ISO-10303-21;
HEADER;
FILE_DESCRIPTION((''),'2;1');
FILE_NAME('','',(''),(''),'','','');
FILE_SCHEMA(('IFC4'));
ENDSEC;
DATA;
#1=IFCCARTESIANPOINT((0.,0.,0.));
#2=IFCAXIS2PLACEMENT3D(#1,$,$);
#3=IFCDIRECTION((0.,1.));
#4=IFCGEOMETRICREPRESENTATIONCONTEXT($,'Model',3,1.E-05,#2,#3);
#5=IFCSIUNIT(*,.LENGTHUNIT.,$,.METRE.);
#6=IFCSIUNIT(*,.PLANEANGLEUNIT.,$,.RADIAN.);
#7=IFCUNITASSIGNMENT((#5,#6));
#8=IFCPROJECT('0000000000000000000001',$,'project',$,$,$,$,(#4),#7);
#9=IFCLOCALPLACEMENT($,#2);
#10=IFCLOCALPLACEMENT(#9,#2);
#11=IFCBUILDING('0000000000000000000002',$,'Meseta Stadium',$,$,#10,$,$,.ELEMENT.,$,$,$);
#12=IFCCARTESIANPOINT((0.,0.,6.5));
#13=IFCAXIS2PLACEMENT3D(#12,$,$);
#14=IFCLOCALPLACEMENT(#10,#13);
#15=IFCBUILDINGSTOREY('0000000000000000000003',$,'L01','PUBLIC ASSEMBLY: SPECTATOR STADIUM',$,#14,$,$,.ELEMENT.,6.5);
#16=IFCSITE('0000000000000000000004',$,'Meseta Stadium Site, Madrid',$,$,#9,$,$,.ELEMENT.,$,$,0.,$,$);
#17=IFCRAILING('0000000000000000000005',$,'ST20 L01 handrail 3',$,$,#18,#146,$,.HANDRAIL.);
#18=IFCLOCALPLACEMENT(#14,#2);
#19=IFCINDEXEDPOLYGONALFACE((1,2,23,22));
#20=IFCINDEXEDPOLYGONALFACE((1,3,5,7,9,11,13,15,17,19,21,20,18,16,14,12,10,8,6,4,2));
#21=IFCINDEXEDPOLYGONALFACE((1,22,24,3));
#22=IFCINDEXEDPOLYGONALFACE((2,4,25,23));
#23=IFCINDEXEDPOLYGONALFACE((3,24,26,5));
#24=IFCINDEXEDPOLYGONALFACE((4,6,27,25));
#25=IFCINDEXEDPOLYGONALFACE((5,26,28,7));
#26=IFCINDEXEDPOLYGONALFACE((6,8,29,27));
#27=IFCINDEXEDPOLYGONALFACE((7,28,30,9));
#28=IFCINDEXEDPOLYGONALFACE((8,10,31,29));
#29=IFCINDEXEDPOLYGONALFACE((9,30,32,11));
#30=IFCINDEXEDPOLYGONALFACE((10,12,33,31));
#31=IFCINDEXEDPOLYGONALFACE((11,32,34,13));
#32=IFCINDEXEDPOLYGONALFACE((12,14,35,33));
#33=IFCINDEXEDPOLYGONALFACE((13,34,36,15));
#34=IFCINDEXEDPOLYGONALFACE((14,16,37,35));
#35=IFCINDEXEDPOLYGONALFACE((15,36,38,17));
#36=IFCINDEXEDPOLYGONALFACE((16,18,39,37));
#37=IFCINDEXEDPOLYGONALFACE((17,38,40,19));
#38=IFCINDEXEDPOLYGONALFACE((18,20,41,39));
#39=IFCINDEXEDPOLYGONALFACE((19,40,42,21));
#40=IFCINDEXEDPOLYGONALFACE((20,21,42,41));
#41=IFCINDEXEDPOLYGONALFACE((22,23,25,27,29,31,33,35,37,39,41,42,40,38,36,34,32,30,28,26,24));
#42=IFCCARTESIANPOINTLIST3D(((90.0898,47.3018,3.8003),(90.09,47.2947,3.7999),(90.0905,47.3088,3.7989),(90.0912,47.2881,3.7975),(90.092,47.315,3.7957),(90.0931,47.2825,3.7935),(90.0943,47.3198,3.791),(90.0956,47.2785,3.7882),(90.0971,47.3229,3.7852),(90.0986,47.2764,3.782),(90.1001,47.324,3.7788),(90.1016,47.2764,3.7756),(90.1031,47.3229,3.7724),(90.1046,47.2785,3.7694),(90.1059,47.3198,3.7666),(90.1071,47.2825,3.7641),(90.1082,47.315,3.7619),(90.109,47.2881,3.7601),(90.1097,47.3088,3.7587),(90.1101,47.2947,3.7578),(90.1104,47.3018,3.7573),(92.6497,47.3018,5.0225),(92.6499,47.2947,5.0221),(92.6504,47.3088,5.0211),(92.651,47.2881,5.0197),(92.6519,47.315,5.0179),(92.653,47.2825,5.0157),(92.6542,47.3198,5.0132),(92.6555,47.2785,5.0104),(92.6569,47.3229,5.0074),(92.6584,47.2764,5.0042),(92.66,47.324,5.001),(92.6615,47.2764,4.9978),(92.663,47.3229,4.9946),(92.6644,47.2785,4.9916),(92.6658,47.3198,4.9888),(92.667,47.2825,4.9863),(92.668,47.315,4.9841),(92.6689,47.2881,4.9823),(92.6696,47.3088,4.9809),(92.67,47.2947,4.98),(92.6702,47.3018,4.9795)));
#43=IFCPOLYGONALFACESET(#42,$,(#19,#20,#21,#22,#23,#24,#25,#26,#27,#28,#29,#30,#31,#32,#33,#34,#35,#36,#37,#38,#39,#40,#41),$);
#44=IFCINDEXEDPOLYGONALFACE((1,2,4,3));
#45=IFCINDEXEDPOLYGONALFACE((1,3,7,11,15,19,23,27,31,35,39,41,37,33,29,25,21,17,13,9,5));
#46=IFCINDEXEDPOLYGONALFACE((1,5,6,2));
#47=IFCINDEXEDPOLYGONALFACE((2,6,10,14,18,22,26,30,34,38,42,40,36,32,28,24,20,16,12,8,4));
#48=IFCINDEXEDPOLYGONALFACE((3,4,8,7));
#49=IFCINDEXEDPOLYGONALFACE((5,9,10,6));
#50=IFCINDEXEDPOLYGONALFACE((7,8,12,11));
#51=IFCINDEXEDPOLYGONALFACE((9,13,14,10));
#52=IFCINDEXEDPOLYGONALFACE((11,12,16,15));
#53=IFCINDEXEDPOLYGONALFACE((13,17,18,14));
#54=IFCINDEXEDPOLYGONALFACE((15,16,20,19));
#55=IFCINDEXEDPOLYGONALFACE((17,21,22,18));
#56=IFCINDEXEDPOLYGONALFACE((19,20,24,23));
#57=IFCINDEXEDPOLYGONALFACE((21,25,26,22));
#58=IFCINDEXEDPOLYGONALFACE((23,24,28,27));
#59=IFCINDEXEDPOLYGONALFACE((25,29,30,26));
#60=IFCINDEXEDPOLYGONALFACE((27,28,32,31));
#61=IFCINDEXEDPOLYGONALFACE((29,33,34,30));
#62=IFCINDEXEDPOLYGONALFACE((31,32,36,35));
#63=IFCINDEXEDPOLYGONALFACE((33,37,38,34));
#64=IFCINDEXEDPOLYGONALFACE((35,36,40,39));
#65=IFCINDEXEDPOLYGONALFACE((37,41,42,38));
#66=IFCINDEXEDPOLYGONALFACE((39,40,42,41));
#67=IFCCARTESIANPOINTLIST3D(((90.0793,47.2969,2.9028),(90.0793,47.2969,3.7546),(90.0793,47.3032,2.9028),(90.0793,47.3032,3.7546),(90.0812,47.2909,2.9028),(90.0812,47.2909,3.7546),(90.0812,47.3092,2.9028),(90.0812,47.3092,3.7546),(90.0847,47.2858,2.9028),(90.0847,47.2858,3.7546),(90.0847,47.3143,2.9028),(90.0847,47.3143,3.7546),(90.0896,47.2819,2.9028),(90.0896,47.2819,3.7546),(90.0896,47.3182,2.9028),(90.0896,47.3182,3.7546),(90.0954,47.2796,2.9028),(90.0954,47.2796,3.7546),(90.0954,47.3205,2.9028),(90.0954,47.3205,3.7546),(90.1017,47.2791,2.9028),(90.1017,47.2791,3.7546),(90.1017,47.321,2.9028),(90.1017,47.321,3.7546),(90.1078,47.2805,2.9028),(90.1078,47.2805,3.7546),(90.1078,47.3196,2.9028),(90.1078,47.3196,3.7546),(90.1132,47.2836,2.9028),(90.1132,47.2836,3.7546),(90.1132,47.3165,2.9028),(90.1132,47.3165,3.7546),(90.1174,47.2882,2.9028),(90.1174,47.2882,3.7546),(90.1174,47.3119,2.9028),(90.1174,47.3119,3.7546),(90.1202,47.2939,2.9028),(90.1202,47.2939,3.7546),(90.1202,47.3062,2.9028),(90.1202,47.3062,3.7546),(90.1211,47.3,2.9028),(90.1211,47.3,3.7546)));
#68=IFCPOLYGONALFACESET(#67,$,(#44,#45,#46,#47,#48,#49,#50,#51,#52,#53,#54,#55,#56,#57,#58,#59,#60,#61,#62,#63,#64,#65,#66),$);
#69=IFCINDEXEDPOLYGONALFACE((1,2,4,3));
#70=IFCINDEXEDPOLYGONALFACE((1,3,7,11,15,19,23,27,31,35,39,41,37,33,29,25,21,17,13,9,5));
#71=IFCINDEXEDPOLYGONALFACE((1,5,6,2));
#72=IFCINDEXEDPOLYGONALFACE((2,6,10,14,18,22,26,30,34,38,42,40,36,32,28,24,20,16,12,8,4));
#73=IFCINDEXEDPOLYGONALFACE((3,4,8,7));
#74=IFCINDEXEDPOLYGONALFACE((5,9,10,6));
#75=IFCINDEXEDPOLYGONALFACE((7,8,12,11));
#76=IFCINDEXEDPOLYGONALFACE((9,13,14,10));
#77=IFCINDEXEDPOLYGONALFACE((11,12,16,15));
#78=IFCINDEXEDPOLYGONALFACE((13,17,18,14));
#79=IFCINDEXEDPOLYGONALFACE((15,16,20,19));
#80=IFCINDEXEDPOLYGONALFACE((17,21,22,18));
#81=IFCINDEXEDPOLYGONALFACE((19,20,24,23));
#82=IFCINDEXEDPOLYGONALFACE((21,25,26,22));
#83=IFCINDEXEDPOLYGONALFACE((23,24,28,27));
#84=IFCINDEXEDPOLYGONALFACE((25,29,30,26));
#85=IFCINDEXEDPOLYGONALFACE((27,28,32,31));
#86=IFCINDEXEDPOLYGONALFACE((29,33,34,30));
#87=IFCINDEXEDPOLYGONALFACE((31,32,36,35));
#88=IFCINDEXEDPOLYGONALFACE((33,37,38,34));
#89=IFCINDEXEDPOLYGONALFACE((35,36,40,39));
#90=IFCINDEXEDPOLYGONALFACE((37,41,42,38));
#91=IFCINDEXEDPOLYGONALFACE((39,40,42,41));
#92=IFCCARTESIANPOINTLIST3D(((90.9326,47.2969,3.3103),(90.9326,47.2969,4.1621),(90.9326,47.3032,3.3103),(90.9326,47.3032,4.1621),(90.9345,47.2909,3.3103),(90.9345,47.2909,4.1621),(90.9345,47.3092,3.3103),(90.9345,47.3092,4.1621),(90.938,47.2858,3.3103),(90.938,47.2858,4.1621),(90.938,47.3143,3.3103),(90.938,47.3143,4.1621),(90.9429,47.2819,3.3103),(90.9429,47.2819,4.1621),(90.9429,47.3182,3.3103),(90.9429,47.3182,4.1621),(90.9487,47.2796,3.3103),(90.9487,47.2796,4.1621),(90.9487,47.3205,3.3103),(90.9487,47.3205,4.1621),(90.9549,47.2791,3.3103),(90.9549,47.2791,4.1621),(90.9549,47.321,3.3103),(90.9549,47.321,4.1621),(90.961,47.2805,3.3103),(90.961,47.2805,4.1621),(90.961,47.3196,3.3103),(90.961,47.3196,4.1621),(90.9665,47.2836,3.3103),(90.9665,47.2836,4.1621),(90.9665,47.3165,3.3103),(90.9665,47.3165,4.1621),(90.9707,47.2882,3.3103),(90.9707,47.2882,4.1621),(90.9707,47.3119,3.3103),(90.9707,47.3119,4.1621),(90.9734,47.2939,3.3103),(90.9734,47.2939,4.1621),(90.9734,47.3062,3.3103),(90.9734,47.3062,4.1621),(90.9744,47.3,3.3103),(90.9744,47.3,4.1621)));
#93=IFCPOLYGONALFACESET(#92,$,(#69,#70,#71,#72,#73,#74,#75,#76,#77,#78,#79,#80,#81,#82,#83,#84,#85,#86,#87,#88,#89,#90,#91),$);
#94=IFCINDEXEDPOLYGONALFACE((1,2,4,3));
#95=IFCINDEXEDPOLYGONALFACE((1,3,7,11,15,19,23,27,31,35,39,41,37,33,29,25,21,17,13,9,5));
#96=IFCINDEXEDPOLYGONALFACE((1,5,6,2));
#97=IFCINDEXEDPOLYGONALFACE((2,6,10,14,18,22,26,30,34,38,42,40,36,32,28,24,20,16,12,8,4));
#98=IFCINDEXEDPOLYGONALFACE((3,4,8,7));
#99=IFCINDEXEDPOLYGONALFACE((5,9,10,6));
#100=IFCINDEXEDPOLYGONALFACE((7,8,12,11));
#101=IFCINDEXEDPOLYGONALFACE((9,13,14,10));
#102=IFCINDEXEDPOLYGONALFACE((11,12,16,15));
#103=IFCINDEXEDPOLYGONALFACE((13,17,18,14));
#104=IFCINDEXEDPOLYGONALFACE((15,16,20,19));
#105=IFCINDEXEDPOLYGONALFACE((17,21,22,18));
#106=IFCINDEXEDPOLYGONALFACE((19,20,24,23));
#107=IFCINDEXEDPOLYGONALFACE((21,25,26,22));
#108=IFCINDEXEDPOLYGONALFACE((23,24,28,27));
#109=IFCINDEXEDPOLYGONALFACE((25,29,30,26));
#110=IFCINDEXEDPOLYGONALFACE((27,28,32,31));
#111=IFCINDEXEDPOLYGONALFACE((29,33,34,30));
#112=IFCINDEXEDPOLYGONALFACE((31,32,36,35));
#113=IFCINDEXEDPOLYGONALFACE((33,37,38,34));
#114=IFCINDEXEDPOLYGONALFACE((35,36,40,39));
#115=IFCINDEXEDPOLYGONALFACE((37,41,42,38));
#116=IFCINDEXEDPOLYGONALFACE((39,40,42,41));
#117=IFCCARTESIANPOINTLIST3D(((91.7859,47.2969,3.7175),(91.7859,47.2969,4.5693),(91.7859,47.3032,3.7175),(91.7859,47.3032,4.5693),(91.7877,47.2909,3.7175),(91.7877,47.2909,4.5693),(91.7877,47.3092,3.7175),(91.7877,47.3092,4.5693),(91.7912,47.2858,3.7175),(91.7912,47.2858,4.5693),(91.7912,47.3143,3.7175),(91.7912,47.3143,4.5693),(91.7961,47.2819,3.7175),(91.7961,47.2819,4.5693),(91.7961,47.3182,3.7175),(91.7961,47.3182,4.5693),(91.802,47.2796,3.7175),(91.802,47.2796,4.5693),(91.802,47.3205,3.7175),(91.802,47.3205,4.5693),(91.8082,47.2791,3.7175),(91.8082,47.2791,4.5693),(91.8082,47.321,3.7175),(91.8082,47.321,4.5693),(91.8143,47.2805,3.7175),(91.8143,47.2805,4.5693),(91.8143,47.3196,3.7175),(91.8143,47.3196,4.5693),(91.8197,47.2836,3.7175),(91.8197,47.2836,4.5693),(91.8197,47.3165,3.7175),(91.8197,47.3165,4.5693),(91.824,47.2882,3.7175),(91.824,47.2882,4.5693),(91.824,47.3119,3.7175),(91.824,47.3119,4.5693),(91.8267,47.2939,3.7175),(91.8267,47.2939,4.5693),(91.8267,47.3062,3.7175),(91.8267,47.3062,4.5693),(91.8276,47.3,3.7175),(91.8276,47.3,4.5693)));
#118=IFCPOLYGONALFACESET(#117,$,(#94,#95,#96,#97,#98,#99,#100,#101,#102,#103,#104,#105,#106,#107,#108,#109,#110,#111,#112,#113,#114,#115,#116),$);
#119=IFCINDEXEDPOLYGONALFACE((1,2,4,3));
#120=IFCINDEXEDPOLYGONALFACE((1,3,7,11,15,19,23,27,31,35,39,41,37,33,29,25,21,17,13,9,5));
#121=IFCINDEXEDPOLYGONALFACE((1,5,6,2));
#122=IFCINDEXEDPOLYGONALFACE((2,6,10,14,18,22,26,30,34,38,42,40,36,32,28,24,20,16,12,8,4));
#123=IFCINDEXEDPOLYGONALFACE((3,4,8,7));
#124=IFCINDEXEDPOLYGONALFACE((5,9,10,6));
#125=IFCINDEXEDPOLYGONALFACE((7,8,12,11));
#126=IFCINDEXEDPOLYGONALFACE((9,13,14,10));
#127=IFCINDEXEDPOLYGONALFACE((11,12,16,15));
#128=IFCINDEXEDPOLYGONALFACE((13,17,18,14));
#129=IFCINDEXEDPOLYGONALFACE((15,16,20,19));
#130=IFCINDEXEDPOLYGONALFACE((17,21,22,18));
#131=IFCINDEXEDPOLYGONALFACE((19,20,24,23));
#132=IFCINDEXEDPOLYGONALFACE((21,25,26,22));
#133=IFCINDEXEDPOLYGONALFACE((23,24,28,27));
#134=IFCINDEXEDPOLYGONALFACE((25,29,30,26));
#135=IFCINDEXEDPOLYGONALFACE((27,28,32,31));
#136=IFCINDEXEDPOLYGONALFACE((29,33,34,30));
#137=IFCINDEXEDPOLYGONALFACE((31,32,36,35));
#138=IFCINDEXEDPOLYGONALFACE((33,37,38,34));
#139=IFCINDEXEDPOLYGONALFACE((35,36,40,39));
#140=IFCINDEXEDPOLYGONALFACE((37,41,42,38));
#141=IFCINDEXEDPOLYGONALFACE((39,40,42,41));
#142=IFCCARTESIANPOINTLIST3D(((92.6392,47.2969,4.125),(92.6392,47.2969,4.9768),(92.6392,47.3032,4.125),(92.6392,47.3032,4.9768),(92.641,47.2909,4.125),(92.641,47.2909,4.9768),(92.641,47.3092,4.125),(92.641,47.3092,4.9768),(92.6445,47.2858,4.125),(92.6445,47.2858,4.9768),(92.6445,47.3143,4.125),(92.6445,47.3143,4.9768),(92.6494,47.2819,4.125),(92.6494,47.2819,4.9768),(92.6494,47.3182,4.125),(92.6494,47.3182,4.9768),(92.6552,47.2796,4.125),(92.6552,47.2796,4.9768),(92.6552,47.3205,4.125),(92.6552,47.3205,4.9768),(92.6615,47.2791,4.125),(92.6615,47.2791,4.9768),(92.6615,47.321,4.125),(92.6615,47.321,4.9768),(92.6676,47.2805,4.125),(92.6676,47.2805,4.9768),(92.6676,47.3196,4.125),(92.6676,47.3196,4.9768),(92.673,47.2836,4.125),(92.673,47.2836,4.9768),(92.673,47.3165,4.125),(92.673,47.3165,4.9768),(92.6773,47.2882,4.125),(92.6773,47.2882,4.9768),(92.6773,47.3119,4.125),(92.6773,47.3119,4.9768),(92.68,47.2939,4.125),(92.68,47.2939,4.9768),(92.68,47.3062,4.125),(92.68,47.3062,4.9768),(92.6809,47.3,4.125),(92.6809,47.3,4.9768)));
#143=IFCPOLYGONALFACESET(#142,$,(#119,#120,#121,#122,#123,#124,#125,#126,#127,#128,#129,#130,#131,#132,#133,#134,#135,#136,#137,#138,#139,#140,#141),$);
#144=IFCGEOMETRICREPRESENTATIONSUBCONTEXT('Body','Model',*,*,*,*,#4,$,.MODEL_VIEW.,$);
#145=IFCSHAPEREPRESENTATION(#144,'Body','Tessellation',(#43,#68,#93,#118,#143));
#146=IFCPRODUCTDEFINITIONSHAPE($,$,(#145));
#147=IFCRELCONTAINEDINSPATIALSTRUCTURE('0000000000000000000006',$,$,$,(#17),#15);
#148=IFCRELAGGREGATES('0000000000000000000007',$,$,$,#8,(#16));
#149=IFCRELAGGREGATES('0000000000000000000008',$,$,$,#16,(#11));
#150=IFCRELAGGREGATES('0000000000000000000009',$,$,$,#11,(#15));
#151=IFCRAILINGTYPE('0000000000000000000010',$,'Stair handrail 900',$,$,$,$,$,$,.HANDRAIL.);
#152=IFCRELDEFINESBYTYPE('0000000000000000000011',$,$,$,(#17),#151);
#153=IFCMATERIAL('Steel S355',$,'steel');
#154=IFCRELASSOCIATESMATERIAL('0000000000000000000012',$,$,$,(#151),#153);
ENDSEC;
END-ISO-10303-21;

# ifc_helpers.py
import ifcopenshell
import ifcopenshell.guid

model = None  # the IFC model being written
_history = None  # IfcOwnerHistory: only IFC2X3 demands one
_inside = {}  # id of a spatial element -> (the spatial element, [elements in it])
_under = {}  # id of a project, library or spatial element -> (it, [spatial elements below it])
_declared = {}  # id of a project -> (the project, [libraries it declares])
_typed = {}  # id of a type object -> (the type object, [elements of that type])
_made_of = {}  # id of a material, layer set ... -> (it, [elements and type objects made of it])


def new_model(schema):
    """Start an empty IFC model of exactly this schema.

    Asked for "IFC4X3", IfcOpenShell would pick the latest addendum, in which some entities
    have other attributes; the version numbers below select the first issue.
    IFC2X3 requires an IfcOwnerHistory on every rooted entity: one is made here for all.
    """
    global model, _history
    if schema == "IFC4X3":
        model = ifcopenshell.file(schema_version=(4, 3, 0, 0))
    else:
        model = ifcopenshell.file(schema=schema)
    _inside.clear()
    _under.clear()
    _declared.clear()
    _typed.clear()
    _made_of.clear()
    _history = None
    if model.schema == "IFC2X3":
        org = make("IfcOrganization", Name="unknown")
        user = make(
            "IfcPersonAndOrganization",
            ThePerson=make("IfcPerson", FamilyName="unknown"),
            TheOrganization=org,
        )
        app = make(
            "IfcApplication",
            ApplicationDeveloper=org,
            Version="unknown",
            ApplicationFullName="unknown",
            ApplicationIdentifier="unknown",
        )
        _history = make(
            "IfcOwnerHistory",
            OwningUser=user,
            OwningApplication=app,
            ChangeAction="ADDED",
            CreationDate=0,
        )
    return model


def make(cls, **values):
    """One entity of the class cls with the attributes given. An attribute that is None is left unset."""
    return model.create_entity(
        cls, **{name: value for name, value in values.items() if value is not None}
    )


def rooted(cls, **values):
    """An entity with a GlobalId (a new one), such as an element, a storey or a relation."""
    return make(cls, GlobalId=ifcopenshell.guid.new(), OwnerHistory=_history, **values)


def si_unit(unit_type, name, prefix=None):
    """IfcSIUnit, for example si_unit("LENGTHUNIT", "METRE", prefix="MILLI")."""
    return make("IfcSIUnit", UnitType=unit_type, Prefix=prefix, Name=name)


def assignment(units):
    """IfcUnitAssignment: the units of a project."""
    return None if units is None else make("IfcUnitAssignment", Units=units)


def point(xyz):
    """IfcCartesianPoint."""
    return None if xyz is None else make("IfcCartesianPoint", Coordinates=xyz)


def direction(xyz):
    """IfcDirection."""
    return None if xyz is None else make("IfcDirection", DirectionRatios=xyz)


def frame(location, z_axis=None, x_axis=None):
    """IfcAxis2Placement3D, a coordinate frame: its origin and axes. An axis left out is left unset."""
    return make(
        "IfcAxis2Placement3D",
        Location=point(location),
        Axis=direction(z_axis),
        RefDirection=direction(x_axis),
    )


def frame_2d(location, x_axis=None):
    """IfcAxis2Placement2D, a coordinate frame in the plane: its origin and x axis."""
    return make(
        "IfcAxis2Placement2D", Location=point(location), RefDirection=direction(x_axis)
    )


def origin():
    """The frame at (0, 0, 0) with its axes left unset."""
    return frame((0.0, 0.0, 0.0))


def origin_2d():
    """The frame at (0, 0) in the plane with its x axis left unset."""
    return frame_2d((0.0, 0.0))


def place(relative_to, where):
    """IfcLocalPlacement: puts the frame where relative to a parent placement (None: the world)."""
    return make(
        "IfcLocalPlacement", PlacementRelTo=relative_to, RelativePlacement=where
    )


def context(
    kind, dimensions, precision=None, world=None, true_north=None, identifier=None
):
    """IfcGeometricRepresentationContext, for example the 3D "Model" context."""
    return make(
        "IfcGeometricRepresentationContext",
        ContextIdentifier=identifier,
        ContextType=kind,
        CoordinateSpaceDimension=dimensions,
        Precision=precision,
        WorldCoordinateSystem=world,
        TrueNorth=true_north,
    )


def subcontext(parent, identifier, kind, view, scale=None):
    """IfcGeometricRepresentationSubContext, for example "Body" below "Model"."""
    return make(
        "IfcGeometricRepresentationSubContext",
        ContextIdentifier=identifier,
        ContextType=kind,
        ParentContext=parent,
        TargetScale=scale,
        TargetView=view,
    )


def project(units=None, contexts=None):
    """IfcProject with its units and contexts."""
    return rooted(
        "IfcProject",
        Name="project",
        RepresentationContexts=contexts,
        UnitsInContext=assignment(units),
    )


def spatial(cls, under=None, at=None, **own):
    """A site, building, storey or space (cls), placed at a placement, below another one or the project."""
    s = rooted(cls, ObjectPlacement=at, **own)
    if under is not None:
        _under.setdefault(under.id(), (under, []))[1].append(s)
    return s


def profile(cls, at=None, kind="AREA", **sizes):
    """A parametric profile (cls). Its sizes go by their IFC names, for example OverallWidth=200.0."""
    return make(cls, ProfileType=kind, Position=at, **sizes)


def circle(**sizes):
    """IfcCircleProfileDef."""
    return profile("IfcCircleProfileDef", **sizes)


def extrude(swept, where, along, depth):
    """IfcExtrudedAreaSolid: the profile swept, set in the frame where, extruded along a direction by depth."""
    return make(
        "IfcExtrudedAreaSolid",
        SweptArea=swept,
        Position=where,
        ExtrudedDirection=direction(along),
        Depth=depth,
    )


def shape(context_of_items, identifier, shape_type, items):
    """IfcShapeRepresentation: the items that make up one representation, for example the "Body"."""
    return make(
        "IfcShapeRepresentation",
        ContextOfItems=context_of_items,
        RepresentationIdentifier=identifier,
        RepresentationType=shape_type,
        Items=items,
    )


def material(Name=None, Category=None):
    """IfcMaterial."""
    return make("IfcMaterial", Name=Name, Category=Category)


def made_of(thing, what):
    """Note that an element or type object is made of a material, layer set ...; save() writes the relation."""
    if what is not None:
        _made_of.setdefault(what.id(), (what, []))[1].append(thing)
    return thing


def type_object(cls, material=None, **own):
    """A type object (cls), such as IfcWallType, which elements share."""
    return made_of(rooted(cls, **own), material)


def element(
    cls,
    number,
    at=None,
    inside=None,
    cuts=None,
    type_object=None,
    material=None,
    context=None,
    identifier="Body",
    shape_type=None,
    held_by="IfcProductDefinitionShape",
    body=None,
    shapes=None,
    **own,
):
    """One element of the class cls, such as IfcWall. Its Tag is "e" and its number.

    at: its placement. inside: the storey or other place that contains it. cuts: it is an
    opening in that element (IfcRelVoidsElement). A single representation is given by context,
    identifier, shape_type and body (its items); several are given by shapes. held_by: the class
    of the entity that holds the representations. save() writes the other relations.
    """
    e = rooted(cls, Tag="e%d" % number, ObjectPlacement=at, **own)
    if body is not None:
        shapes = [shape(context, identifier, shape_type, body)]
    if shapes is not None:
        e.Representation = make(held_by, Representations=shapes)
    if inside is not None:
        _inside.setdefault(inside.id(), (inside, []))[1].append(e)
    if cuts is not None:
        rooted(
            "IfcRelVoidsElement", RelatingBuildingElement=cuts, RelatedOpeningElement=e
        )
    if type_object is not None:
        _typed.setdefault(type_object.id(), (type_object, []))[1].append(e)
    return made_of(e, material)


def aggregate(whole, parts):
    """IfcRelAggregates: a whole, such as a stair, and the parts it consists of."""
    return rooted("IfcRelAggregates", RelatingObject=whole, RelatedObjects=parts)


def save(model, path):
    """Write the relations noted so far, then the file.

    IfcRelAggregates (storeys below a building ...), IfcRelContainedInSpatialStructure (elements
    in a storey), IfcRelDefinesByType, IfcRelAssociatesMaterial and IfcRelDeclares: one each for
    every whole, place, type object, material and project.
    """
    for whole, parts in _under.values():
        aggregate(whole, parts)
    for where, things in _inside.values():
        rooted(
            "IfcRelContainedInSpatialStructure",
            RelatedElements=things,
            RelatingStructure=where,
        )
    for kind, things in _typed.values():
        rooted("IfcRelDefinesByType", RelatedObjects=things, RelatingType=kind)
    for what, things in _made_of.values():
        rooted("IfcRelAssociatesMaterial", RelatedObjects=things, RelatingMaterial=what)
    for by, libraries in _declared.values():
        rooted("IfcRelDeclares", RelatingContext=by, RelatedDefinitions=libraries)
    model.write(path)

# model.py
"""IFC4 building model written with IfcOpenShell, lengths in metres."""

from ifc_helpers import new_model, si_unit, direction, frame, origin, origin_2d, place, context, subcontext, project, spatial, circle, extrude, material, type_object, element, save


model = new_model("IFC4")

# Units and contexts
model_context = context("Model", 3, precision=1e-05, world=origin(), true_north=direction((0.0, 1.0)))
body_context = subcontext(model_context, "Body", "Model", "MODEL_VIEW")
ifc_project = project(units=[si_unit("LENGTHUNIT", "METRE"), si_unit("PLANEANGLEUNIT", "RADIAN")], contexts=[model_context])

# Site, building, storey
site_placement = place(None, origin())
site = spatial("IfcSite", under=ifc_project, at=site_placement, Name="Meseta Stadium Site, Madrid", CompositionType="ELEMENT", RefElevation=0.0)
building_placement = place(site_placement, origin())
building = spatial("IfcBuilding", under=site, at=building_placement, Name="Meseta Stadium", CompositionType="ELEMENT")
storey_placement = place(building_placement, frame((0.0, 0.0, 6.5)))
storey = spatial("IfcBuildingStorey", under=building, at=storey_placement, Name="L01", Description="PUBLIC ASSEMBLY: SPECTATOR STADIUM", CompositionType="ELEMENT", Elevation=6.5)

# Railing
ifc_material_1 = material(Name="Steel S355", Category="steel")
railing_type_1 = type_object("IfcRailingType", Name="Stair handrail 900", PredefinedType="HANDRAIL", material=ifc_material_1)
for number, where, name in (
    (1, (90.1001, 47.3, 2.9028), "ST20 L01 handrail 3"),
):
    element("IfcRailing", number, at=place(storey_placement, frame(where)), inside=storey, type_object=railing_type_1, Name=name, PredefinedType="HANDRAIL", context=body_context, shape_type="SweptSolid", body=[
        extrude(circle(Radius=0.0239, at=origin_2d()), frame((0.0, 0.0, 0.876), z_axis=(0.902421, 0.0, 0.430855), x_axis=(0.0, 1.0, 0.0)), (0.0, 0.0, 1.0), 2.8367),
        extrude(circle(Radius=0.021, at=origin_2d()), origin(), (0.0, 0.0, 1.0), 0.8518),
        extrude(circle(Radius=0.021, at=origin_2d()), frame((0.8533, 0.0, 0.4075)), (0.0, 0.0, 1.0), 0.8518),
        extrude(circle(Radius=0.021, at=origin_2d()), frame((1.7065, 0.0, 0.8147)), (0.0, 0.0, 1.0), 0.8518),
        extrude(circle(Radius=0.021, at=origin_2d()), frame((2.5598, 0.0, 1.2222)), (0.0, 0.0, 1.0), 0.8518),
    ])

save(model, "model.ifc")
